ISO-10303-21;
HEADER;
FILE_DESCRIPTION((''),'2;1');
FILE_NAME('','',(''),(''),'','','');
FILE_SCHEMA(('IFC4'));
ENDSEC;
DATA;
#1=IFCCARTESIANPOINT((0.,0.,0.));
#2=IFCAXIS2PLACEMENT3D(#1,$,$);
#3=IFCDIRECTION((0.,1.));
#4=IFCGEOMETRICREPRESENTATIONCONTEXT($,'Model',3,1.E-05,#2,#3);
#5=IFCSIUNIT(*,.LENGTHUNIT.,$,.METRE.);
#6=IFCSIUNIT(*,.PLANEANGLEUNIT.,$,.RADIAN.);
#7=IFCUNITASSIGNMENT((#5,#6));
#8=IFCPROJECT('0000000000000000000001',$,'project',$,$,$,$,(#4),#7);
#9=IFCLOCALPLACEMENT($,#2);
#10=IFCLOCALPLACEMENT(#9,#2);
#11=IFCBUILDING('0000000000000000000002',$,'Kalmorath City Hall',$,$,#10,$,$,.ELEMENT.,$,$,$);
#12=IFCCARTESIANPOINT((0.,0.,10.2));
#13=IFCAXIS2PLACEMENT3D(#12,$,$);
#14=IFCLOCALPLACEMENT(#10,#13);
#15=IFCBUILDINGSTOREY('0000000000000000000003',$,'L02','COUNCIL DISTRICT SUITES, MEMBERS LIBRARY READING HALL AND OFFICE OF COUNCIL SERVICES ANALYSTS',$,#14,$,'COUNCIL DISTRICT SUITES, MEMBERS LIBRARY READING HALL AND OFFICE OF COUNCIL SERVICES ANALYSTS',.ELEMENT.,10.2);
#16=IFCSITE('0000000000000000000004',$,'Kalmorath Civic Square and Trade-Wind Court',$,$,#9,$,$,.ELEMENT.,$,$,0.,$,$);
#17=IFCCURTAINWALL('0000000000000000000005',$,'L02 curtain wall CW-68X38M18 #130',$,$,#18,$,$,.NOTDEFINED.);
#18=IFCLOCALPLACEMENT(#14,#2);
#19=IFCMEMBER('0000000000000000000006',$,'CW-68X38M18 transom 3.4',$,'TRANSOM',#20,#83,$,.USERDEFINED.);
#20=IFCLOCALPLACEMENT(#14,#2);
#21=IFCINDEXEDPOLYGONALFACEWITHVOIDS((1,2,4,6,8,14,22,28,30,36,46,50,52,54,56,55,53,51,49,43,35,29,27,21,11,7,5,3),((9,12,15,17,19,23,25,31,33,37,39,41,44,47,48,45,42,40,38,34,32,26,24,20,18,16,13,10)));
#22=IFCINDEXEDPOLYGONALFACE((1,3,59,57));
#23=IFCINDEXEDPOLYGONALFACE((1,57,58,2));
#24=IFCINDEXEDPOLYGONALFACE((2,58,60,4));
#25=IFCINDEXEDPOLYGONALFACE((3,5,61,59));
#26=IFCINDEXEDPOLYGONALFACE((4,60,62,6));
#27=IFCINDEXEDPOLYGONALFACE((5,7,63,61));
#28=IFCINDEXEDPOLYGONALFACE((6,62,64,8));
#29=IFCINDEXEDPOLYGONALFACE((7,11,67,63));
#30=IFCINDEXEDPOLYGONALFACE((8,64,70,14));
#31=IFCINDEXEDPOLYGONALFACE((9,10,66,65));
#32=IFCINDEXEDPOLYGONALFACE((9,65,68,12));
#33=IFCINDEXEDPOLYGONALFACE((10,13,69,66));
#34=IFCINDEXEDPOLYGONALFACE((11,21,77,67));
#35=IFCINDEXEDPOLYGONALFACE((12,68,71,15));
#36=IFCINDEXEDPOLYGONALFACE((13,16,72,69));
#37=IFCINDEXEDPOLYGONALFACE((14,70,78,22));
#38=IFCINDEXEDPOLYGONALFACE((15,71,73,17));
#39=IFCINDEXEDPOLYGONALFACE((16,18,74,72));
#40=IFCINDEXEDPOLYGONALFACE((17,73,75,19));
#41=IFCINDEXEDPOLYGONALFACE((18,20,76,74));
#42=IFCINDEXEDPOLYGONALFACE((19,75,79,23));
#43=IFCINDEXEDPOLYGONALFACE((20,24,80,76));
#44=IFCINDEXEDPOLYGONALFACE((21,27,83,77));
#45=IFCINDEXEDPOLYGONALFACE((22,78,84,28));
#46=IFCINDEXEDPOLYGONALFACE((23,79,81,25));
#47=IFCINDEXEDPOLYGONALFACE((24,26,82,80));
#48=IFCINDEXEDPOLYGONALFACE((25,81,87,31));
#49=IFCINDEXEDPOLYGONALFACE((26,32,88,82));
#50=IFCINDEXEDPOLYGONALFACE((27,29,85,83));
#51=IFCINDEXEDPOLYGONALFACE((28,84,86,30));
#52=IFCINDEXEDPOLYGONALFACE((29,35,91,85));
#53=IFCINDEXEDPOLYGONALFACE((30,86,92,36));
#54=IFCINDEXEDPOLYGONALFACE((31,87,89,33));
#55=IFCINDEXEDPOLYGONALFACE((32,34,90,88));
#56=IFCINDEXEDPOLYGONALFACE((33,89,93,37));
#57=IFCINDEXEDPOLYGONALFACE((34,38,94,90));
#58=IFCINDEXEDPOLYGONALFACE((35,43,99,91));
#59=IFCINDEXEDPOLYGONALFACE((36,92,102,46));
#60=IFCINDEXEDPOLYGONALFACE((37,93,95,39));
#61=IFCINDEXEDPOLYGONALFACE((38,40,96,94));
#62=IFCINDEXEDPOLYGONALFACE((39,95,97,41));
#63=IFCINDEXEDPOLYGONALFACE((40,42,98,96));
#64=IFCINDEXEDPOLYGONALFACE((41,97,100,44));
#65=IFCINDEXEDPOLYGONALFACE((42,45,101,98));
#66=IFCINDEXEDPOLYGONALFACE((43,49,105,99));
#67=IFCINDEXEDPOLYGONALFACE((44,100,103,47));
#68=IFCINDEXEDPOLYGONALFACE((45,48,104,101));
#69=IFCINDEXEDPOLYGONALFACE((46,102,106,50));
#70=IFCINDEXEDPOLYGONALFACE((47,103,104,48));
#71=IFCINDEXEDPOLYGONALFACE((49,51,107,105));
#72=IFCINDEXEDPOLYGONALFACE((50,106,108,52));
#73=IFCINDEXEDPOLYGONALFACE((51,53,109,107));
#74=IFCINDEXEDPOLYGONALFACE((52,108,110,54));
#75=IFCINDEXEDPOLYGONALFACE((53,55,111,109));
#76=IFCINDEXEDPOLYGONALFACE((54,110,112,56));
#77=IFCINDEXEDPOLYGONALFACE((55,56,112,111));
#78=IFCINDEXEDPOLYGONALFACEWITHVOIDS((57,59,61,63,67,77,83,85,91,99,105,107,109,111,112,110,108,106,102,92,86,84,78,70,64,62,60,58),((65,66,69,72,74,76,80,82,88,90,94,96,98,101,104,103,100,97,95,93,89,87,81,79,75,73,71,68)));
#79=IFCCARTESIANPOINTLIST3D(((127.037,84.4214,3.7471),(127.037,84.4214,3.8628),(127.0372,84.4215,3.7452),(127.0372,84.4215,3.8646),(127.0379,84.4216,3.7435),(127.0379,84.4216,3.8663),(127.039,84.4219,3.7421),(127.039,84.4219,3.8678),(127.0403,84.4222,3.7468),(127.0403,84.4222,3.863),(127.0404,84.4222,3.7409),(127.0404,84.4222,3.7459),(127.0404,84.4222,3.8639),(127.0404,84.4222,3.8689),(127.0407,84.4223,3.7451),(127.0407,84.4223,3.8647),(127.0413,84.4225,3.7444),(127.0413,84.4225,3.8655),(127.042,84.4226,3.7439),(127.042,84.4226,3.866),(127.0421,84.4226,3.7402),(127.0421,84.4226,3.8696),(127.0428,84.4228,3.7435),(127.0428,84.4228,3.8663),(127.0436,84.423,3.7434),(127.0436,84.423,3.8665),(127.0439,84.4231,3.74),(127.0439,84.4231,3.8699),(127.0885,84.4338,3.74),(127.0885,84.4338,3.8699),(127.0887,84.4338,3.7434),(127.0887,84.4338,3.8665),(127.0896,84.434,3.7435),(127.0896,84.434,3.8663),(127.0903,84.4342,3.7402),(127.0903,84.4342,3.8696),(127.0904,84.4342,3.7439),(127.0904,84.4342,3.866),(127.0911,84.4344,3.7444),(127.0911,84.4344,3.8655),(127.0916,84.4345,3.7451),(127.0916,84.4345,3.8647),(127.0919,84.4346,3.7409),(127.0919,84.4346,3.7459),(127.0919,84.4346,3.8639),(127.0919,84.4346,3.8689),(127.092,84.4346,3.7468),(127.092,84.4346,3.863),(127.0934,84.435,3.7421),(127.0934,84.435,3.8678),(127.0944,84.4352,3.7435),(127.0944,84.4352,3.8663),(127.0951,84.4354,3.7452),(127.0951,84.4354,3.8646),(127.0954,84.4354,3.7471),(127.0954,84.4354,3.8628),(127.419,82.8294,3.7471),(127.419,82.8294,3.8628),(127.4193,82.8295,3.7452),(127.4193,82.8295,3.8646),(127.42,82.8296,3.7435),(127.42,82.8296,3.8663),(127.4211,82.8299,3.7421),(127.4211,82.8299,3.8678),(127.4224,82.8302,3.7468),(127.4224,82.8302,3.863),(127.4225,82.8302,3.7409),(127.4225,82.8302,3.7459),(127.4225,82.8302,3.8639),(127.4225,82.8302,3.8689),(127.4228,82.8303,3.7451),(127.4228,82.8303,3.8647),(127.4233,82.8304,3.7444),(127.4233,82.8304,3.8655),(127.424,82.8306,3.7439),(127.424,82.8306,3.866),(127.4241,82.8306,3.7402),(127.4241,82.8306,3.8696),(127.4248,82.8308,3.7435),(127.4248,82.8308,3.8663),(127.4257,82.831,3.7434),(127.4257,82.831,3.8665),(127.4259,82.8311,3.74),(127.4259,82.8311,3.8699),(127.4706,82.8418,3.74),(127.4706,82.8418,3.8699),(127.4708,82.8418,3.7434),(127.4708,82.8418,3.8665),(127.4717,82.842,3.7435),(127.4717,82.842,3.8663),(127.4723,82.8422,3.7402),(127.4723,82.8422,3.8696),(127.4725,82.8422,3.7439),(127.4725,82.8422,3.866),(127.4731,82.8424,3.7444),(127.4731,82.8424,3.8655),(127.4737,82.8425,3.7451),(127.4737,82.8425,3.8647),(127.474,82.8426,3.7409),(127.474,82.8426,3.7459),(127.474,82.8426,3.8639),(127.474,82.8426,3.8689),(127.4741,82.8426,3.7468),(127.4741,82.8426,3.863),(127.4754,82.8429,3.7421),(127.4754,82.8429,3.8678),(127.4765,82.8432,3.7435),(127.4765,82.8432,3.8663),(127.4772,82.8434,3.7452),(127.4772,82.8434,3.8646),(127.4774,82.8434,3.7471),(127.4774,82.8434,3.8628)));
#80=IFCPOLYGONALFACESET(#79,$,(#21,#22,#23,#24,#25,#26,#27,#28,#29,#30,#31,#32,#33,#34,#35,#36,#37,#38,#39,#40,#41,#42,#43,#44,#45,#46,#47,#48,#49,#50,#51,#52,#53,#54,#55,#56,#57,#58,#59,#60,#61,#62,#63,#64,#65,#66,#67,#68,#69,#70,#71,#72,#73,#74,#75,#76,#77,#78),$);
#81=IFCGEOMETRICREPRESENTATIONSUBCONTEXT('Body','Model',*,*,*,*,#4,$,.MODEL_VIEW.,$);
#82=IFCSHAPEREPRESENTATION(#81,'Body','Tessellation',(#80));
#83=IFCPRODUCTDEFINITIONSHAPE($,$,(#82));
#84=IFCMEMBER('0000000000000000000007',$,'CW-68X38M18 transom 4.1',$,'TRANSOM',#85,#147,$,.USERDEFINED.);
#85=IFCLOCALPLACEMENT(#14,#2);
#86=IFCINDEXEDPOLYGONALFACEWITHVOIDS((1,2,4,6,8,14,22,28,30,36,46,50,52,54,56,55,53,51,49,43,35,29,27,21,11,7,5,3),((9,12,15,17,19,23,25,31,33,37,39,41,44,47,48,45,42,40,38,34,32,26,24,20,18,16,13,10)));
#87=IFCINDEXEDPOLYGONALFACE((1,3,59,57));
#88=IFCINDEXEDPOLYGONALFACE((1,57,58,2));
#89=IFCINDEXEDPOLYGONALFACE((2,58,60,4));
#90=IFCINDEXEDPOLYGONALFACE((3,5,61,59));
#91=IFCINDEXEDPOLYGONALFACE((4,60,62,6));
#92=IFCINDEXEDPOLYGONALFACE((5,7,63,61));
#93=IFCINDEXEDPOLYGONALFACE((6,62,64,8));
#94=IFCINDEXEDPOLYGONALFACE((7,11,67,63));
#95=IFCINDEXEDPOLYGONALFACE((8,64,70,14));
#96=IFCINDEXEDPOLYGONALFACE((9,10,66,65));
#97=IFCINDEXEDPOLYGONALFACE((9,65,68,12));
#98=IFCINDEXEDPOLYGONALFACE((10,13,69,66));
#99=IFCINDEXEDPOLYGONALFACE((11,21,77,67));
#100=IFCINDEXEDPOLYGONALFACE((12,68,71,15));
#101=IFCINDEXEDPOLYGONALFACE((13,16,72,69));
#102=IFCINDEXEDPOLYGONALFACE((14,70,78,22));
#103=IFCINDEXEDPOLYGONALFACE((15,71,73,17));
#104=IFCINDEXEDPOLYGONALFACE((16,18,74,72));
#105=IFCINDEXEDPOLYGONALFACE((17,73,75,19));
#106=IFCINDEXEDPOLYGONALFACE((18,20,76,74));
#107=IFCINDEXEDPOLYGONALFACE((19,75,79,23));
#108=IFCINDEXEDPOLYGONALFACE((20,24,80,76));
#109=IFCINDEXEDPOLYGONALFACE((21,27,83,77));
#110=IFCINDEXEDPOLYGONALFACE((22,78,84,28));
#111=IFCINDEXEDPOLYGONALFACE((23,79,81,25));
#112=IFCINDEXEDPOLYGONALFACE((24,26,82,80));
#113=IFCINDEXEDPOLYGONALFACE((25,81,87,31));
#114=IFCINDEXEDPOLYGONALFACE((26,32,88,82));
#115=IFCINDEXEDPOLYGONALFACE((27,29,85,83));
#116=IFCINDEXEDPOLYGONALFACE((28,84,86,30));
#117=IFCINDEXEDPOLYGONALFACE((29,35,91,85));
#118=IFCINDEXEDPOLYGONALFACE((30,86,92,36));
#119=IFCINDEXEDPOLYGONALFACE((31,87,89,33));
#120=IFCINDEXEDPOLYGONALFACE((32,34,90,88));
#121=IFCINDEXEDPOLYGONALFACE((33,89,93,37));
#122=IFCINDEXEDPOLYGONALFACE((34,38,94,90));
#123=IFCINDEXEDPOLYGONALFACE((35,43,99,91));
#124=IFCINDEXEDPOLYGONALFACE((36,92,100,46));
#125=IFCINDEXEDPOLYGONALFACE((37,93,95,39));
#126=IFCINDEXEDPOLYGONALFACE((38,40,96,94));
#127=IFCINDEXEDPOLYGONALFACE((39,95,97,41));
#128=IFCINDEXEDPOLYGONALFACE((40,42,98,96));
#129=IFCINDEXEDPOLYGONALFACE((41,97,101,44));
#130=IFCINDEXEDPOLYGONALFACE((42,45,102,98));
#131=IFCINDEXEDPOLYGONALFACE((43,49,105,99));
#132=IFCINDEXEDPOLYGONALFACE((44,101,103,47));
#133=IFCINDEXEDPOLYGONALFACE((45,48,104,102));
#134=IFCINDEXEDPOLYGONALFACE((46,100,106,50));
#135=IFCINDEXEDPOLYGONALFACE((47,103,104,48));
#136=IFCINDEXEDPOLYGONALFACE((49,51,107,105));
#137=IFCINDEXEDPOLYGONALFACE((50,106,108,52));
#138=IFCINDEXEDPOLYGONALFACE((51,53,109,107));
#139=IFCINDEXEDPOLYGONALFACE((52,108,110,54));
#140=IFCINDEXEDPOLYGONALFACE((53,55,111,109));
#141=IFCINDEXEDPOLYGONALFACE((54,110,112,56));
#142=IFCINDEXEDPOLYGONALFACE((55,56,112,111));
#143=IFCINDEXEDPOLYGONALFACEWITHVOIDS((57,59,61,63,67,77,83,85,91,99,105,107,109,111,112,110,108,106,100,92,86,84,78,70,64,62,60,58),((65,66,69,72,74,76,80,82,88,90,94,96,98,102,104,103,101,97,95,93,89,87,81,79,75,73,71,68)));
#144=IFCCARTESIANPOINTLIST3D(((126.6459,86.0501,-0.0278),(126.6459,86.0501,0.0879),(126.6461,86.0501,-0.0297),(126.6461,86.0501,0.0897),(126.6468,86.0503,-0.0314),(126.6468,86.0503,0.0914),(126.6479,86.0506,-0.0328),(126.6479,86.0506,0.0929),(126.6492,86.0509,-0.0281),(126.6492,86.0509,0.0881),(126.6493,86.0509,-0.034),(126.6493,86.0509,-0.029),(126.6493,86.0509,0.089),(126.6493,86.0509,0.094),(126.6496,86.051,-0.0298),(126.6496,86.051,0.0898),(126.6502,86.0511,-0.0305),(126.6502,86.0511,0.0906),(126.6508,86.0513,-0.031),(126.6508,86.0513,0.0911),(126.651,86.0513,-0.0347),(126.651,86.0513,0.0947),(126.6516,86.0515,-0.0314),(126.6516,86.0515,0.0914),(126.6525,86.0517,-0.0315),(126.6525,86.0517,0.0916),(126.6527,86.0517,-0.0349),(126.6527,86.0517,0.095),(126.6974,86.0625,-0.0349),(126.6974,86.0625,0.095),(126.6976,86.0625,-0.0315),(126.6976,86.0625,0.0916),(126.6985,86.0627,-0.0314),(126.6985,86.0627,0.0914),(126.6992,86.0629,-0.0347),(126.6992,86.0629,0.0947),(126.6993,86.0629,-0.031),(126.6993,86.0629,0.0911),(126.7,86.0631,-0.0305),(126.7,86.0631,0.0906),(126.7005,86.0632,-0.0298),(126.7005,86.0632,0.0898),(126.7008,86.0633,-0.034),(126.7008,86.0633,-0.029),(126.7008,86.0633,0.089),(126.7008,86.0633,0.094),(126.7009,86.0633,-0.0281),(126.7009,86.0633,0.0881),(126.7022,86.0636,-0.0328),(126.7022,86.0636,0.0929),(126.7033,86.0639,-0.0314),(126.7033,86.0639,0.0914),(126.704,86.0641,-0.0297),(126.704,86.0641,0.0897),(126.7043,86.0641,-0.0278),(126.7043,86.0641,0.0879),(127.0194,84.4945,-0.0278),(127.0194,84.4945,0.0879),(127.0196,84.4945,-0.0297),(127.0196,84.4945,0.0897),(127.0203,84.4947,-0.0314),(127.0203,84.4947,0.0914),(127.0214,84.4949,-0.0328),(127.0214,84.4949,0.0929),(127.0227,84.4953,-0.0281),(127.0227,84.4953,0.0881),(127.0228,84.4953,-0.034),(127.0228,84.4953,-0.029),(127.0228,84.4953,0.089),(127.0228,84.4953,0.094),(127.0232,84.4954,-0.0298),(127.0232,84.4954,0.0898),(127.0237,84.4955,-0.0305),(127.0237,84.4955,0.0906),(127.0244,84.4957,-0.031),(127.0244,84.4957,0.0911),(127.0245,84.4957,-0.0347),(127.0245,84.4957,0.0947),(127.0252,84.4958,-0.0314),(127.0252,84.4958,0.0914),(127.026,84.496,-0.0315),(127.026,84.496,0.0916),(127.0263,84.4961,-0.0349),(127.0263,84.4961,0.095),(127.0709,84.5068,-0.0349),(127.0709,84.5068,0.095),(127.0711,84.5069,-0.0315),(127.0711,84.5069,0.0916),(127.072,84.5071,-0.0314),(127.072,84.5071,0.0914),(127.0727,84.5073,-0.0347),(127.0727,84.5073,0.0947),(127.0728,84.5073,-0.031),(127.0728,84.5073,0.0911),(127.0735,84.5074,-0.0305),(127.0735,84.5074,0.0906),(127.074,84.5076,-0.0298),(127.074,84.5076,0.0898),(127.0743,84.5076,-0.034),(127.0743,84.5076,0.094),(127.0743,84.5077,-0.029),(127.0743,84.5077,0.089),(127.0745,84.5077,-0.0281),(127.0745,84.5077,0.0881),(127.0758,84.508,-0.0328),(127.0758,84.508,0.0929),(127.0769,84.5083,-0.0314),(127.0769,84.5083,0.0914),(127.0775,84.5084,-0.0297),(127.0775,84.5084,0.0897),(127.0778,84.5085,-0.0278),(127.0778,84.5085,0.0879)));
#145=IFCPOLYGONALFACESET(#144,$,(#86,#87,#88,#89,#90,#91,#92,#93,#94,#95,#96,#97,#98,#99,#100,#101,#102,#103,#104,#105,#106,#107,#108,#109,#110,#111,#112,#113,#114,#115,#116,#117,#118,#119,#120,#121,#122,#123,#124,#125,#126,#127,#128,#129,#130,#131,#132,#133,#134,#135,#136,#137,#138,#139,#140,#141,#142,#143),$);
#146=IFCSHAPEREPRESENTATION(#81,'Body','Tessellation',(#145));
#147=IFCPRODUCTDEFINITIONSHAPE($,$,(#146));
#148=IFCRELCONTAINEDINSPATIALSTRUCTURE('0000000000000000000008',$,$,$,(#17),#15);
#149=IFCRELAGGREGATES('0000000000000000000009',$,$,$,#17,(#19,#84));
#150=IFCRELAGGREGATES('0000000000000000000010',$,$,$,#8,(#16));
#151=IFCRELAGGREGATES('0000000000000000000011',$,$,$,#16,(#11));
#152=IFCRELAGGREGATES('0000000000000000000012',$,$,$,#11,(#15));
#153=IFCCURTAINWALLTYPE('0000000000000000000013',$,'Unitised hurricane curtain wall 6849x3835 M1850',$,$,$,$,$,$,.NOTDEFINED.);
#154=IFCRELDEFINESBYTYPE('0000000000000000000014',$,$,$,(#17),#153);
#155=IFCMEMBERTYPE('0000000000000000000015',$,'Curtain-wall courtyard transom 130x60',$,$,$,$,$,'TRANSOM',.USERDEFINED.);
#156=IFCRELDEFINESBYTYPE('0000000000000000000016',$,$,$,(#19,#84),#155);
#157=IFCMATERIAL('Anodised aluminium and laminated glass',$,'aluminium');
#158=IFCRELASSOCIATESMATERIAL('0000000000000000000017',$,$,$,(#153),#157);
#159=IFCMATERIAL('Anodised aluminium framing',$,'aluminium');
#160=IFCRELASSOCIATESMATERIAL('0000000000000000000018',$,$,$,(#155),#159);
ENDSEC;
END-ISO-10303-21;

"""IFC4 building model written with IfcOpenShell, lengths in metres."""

from ifc_helpers import new_model, si_unit, direction, frame, origin, origin_2d, place, context, subcontext, project, spatial, hollow_rectangle, extrude, material, material_profile, profile_set, type_object, element, aggregate, save


model = new_model("IFC4")

# Units and contexts
model_context = context("Model", 3, precision=1e-05, world=origin(), true_north=direction((0.0, 1.0)))
body_context = subcontext(model_context, "Body", "Model", "MODEL_VIEW")
ifc_project = project(units=[si_unit("LENGTHUNIT", "METRE"), si_unit("PLANEANGLEUNIT", "RADIAN")], contexts=[model_context])

# Site, building, storey
site_placement = place(None, origin())
site = spatial("IfcSite", under=ifc_project, at=site_placement, Name="Kalmorath Civic Square and Trade-Wind Court", CompositionType="ELEMENT", RefElevation=0.0)
building_placement = place(site_placement, origin())
building = spatial("IfcBuilding", under=site, at=building_placement, Name="Kalmorath City Hall", CompositionType="ELEMENT")
storey_placement = place(building_placement, frame((0.0, 0.0, 10.2)))
storey = spatial("IfcBuildingStorey", under=building, at=storey_placement, Name="L02", Description="COUNCIL DISTRICT SUITES, MEMBERS LIBRARY READING HALL AND OFFICE OF COUNCIL SERVICES ANALYSTS", LongName="COUNCIL DISTRICT SUITES, MEMBERS LIBRARY READING HALL AND OFFICE OF COUNCIL SERVICES ANALYSTS", CompositionType="ELEMENT", Elevation=10.2)

# Curtain wall, members
ifc_material_1 = material(Name="Anodised aluminium and laminated glass", Category="aluminium")
curtain_wall_type_1 = type_object("IfcCurtainWallType", Name="Unitised hurricane curtain wall 6849x3835 M1850", PredefinedType="NOTDEFINED", material=ifc_material_1)
curtain_wall_1_placement = place(storey_placement, origin())
curtain_wall_1 = element("IfcCurtainWall", 1, at=curtain_wall_1_placement, inside=storey, type_object=curtain_wall_type_1, Name="L02 curtain wall CW-68X38M18 #130", PredefinedType="NOTDEFINED")
ifc_material_2 = material(Name="Anodised aluminium framing", Category="aluminium")
ifc_material_profile_1 = material_profile(ifc_material_2, hollow_rectangle(XDim=0.0601, YDim=0.1299, WallThickness=0.0034, InnerFilletRadius=0.0034, OuterFilletRadius=0.0071, at=origin_2d()), Name="ALU-TRN-130X60X3.5")
ifc_profile_set_1 = profile_set([ifc_material_profile_1], Name="Anodised aluminium framing")
member_type_1 = type_object("IfcMemberType", Name="Curtain-wall courtyard transom 130x60", ElementType="TRANSOM", PredefinedType="USERDEFINED", material=ifc_profile_set_1)
member_1_placement = place(storey_placement, frame((127.4482, 82.8364, 3.8049), z_axis=(-0.233367, 0.972389, 0.0), x_axis=(-0.972389, -0.233367, 0.0)))
member_1 = element("IfcMember", 2, at=member_1_placement, type_object=member_type_1, Name="CW-68X38M18 transom 3.4", ObjectType="TRANSOM", PredefinedType="USERDEFINED", context=body_context, shape_type="SweptSolid", body=[
    extrude(hollow_rectangle(XDim=0.0601, YDim=0.1299, WallThickness=0.0034, InnerFilletRadius=0.0034, OuterFilletRadius=0.0071, at=origin_2d()), origin(), (0.0, 0.0, 1.0), 1.6372),
])
member_2_placement = place(storey_placement, frame((127.0486, 84.5015, 0.03), z_axis=(-0.233477, 0.972362, 0.0), x_axis=(-0.972362, -0.233477, 0.0)))
member_2 = element("IfcMember", 3, at=member_2_placement, type_object=member_type_1, Name="CW-68X38M18 transom 4.1", ObjectType="TRANSOM", PredefinedType="USERDEFINED", context=body_context, shape_type="SweptSolid", body=[
    extrude(hollow_rectangle(XDim=0.0601, YDim=0.1299, WallThickness=0.0034, InnerFilletRadius=0.0034, OuterFilletRadius=0.0071, at=origin_2d()), origin(), (0.0, 0.0, 1.0), 1.5999),
])

aggregate(curtain_wall_1, [member_1, member_2])

save(model, "model.ifc")
